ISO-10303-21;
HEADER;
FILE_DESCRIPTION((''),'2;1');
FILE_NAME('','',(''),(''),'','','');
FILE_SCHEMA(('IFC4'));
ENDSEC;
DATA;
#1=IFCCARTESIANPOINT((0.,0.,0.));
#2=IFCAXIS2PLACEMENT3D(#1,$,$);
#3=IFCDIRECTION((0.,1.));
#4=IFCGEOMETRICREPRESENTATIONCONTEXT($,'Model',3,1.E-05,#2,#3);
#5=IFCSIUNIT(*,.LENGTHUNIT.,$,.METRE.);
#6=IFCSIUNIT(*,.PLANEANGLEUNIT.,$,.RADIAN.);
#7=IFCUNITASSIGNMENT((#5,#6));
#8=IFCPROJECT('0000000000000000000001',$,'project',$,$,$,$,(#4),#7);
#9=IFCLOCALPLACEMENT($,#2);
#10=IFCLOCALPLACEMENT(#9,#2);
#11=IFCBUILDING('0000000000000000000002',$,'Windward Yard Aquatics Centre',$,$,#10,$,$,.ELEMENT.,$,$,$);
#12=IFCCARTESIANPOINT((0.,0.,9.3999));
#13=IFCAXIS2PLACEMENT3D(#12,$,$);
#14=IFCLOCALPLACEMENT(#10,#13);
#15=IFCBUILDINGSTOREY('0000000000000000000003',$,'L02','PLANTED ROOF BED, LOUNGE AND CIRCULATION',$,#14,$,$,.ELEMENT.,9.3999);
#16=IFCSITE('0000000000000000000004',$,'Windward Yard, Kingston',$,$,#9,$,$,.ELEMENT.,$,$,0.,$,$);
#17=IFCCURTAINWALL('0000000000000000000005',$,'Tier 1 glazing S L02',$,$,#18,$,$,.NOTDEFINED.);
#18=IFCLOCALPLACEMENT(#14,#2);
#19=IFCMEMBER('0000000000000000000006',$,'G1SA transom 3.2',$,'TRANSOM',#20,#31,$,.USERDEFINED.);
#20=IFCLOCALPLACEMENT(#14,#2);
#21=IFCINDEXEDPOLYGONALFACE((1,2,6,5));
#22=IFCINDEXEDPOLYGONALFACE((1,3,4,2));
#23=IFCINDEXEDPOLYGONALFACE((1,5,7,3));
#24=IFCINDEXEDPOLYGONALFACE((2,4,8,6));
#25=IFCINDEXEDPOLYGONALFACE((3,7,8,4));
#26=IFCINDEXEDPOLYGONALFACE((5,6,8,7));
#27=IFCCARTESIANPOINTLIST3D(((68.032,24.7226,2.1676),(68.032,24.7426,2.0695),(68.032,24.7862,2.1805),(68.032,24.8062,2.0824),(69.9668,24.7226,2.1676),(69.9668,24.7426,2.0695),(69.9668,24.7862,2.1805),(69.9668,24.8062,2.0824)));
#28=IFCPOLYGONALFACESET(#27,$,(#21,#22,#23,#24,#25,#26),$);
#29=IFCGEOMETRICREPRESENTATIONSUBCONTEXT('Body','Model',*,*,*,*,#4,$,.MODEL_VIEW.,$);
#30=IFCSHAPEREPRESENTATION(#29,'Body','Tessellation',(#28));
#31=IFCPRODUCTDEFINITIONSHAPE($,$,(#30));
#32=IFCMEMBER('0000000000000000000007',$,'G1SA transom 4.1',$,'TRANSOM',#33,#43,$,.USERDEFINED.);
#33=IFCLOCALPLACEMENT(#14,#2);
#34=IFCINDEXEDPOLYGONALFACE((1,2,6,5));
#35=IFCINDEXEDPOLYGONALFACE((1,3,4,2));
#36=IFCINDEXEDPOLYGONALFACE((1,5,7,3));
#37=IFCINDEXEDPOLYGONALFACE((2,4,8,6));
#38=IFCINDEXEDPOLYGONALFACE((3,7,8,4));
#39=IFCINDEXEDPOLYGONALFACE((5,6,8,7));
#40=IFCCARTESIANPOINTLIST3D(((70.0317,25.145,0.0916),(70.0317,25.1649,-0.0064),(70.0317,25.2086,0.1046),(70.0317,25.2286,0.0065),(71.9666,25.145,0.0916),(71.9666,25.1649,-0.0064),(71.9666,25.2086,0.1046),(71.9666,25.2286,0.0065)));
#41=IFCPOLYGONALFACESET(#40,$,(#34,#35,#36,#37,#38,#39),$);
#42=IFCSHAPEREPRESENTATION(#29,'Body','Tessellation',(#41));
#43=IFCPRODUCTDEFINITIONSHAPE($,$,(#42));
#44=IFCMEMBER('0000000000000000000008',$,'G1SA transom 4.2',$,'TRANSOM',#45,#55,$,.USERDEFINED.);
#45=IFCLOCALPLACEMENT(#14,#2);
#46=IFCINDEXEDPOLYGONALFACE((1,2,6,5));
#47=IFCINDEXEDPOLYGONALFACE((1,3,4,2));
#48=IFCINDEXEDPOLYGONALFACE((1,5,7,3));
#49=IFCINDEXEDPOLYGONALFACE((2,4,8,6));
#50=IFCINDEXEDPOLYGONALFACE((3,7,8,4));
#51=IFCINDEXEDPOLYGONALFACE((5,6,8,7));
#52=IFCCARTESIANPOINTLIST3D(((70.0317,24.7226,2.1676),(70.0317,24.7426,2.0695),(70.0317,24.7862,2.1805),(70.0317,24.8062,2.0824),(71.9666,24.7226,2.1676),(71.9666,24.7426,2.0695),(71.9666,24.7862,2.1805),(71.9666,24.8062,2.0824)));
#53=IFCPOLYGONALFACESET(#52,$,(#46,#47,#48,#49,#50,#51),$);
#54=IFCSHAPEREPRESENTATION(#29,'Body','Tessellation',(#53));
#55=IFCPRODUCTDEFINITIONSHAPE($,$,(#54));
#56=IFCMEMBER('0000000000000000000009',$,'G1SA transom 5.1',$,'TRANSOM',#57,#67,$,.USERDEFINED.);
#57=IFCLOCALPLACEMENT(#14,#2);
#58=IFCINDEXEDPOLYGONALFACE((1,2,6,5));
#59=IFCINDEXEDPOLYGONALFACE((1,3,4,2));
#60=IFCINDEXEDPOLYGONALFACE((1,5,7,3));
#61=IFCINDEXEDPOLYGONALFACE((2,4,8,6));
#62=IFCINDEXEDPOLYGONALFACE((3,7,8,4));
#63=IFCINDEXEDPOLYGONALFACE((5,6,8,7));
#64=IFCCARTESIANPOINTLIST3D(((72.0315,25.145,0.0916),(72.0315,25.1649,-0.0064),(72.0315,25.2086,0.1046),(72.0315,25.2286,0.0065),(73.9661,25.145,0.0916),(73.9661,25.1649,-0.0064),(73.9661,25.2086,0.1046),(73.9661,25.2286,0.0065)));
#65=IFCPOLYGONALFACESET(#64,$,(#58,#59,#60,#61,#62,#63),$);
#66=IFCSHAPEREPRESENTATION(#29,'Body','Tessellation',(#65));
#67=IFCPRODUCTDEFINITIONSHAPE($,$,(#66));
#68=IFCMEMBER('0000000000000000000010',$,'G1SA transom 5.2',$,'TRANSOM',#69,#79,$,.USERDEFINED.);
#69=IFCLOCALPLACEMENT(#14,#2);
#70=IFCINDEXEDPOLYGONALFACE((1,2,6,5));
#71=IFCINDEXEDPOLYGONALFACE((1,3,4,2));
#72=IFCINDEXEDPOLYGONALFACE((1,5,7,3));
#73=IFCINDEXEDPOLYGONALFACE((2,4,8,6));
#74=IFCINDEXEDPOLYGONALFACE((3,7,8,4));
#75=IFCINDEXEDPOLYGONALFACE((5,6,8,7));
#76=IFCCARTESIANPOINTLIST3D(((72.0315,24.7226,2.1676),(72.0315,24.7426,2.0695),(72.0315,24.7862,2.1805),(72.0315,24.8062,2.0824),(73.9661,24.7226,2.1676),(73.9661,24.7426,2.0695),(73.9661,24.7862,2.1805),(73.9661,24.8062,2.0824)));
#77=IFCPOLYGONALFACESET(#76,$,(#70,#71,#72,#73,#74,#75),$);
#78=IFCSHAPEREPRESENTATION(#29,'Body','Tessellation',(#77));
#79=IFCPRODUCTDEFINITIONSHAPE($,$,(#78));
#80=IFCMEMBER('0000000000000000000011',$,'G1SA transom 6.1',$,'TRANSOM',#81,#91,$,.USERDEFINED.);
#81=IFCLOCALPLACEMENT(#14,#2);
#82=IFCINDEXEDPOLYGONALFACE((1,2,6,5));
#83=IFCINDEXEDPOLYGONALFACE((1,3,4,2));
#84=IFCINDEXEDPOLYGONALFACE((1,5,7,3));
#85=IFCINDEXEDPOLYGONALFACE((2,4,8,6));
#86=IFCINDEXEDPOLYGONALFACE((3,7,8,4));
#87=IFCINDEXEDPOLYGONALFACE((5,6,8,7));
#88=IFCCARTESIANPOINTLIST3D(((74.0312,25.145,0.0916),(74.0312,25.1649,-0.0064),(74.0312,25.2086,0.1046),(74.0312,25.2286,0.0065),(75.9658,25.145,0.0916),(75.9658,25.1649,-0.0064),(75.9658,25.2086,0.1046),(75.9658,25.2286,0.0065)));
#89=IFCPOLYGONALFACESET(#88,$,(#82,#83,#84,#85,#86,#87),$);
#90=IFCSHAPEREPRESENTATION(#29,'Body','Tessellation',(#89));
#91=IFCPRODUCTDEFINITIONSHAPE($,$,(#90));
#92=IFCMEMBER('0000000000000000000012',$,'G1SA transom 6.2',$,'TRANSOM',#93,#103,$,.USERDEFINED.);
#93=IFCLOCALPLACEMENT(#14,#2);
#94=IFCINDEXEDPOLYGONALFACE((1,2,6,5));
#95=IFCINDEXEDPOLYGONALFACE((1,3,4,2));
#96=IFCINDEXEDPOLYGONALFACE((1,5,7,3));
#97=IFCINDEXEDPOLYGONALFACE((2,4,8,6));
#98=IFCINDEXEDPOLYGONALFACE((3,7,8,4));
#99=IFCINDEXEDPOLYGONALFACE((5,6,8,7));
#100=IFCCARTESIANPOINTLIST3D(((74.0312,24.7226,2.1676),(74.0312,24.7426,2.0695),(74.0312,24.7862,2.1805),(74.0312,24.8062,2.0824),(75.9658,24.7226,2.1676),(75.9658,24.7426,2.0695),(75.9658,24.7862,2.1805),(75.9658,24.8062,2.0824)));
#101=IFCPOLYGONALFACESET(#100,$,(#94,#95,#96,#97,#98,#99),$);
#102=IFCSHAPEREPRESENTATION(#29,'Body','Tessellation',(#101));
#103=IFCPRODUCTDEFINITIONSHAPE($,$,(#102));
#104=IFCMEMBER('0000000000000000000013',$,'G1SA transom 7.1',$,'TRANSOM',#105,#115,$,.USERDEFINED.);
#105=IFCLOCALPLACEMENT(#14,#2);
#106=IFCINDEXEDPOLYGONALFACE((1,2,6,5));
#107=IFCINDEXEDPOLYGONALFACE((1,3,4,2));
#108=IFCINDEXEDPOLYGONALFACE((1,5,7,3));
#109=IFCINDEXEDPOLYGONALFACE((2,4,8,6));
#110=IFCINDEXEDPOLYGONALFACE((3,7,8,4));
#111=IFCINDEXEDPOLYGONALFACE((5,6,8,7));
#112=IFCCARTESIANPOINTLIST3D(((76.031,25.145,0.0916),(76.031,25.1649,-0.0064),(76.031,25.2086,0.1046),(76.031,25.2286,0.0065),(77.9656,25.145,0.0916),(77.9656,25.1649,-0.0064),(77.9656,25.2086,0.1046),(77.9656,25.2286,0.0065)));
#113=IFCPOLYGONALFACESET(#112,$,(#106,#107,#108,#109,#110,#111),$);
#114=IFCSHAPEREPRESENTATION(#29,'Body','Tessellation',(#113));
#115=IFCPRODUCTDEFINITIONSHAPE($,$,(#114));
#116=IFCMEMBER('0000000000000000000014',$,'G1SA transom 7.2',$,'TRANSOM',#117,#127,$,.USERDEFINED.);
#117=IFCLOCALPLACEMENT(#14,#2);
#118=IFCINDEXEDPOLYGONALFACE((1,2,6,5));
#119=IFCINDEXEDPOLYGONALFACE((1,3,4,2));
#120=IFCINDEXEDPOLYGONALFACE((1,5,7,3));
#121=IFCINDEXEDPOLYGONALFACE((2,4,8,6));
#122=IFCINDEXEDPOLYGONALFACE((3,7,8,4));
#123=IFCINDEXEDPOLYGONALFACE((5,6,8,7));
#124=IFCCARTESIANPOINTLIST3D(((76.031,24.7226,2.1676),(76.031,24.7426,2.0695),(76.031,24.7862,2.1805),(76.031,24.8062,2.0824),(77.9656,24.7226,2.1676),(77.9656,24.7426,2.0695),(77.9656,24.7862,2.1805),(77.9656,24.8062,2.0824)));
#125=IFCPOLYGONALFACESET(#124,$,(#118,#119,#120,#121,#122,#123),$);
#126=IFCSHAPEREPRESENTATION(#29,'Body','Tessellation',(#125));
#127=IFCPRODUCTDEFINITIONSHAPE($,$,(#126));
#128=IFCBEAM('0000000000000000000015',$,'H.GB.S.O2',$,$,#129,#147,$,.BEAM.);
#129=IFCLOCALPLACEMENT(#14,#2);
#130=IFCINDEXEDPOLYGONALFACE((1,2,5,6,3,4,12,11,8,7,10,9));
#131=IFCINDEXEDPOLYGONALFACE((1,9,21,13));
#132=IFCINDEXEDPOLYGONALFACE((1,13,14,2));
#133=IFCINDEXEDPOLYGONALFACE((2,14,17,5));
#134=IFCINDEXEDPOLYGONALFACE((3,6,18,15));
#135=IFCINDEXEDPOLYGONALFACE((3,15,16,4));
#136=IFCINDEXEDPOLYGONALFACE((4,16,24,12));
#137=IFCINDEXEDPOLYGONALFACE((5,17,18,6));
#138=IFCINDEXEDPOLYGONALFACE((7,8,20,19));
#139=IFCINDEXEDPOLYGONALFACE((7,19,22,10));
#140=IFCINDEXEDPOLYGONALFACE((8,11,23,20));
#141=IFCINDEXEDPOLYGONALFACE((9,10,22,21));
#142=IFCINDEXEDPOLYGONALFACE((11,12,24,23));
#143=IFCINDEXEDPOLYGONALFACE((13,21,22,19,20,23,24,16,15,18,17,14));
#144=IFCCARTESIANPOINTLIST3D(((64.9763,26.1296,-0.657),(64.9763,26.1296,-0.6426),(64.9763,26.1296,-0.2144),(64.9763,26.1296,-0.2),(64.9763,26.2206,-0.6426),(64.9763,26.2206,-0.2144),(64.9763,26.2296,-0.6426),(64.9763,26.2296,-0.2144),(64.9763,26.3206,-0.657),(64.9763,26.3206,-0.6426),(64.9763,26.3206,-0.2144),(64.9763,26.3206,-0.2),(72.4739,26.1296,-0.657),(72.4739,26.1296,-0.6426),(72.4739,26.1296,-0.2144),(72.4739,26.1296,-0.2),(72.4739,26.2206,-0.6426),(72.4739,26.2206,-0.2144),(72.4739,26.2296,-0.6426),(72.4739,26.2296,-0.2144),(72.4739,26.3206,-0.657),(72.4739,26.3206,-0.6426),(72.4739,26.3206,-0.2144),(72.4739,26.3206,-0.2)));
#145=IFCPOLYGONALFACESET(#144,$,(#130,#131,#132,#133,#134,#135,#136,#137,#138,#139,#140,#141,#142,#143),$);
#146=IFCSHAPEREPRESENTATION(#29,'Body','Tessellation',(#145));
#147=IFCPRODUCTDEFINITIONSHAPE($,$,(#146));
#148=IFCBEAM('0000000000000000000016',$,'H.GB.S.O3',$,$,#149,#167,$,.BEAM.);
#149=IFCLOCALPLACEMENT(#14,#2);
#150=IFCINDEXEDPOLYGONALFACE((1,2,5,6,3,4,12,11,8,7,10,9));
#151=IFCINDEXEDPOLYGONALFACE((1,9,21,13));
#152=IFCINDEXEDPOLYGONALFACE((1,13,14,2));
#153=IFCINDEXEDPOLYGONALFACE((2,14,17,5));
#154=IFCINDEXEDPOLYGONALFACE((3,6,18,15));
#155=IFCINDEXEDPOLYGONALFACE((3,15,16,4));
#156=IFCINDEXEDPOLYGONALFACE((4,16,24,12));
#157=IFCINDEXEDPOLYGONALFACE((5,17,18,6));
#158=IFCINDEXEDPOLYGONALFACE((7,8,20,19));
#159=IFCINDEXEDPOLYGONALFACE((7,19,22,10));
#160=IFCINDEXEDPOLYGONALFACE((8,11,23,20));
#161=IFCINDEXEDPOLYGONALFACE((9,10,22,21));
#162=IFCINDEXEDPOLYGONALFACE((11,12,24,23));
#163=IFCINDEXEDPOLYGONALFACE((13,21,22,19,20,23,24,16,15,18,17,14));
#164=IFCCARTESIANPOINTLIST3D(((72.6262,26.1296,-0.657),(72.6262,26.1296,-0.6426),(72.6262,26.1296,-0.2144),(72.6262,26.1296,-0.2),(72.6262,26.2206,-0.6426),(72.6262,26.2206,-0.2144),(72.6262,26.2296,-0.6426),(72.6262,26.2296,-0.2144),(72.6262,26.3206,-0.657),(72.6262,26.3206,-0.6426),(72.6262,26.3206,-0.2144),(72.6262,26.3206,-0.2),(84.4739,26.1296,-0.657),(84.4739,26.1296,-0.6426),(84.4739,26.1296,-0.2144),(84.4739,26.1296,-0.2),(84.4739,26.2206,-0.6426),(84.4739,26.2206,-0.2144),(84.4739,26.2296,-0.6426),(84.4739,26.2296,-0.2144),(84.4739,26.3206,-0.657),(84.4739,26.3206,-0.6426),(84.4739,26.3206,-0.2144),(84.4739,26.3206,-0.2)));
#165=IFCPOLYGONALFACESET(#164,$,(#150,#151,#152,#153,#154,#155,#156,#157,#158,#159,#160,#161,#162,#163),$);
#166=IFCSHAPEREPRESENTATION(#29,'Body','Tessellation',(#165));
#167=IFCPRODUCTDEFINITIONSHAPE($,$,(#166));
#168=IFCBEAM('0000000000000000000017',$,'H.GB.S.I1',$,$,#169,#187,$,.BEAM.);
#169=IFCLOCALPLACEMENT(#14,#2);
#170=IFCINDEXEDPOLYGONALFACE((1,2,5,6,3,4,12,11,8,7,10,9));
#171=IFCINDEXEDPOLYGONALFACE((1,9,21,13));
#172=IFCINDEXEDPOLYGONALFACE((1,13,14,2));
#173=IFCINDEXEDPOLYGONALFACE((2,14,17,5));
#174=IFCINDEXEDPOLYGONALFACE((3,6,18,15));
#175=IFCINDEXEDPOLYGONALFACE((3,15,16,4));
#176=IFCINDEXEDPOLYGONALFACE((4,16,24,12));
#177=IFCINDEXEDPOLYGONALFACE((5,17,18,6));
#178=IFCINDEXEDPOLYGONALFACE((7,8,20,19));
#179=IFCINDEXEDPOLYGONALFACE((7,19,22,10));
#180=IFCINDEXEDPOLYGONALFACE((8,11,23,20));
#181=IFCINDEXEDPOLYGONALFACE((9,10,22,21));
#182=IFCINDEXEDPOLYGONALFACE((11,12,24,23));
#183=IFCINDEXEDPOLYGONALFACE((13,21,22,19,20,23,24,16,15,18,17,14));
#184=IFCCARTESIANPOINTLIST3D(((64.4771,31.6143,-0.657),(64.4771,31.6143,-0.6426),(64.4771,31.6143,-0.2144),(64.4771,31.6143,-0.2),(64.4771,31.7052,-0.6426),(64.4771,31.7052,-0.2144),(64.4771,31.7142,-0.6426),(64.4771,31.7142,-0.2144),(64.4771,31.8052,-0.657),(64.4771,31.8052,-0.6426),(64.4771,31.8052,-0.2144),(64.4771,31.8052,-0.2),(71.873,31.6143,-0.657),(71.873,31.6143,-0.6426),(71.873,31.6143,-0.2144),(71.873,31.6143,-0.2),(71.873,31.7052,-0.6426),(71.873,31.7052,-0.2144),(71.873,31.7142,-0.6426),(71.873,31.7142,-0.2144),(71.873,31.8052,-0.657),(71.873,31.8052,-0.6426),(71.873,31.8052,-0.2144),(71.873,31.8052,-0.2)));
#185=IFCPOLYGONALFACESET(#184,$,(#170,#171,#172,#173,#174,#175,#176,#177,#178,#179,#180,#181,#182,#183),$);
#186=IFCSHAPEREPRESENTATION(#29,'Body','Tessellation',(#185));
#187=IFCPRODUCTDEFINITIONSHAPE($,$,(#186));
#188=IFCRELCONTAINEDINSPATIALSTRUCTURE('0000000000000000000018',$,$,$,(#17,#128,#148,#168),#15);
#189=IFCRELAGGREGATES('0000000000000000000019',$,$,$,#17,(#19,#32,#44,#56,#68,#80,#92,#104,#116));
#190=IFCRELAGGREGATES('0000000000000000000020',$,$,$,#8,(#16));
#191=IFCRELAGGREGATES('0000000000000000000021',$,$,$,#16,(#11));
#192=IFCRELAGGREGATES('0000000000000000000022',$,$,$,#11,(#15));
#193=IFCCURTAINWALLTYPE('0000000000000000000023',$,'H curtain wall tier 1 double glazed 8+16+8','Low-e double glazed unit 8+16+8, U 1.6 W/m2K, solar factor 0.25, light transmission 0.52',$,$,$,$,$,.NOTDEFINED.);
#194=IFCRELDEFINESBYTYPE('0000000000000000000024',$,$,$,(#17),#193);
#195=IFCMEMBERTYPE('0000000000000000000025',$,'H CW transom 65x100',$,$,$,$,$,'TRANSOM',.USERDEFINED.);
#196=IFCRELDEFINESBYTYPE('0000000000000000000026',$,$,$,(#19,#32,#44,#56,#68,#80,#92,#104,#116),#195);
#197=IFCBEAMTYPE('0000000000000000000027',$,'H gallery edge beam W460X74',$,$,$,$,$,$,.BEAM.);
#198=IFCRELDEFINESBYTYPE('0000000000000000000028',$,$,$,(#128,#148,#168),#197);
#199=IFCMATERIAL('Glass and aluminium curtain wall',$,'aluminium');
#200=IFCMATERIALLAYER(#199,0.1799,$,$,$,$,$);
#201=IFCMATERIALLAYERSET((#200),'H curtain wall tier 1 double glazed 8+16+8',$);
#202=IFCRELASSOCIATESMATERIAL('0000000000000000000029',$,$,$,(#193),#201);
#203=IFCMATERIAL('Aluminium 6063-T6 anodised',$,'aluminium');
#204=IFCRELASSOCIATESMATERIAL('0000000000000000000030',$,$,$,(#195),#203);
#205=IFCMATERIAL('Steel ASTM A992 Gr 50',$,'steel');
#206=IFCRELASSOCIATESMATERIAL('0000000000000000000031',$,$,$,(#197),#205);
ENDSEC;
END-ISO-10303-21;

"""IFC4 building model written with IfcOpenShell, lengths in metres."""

from ifc_helpers import new_model, si_unit, direction, frame, origin, origin_2d, place, context, subcontext, project, spatial, rectangle, i_section, extrude, material, layer, layer_set, material_profile, profile_set, type_object, element, aggregate, save


model = new_model("IFC4")

# Units and contexts
model_context = context("Model", 3, precision=1e-05, world=origin(), true_north=direction((0.0, 1.0)))
body_context = subcontext(model_context, "Body", "Model", "MODEL_VIEW")
ifc_project = project(units=[si_unit("LENGTHUNIT", "METRE"), si_unit("PLANEANGLEUNIT", "RADIAN")], contexts=[model_context])

# Site, building, storey
site_placement = place(None, origin())
site = spatial("IfcSite", under=ifc_project, at=site_placement, Name="Windward Yard, Kingston", CompositionType="ELEMENT", RefElevation=0.0)
building_placement = place(site_placement, origin())
building = spatial("IfcBuilding", under=site, at=building_placement, Name="Windward Yard Aquatics Centre", CompositionType="ELEMENT")
storey_placement = place(building_placement, frame((0.0, 0.0, 9.3999)))
storey = spatial("IfcBuildingStorey", under=building, at=storey_placement, Name="L02", Description="PLANTED ROOF BED, LOUNGE AND CIRCULATION", CompositionType="ELEMENT", Elevation=9.3999)

# Curtain wall, members
ifc_material_1 = material(Name="Glass and aluminium curtain wall", Category="aluminium")
ifc_layer_1 = layer(ifc_material_1, 0.1799)
ifc_layer_set_1 = layer_set([ifc_layer_1], Name="H curtain wall tier 1 double glazed 8+16+8")
curtain_wall_type = type_object("IfcCurtainWallType", Name="H curtain wall tier 1 double glazed 8+16+8", Description="Low-e double glazed unit 8+16+8, U 1.6 W/m2K, solar factor 0.25, light transmission 0.52", PredefinedType="NOTDEFINED", material=ifc_layer_set_1)
curtain_wall_placement = place(storey_placement, origin())
curtain_wall = element("IfcCurtainWall", 1, at=curtain_wall_placement, inside=storey, type_object=curtain_wall_type, Name="Tier 1 glazing S L02", PredefinedType="NOTDEFINED")
ifc_material_2 = material(Name="Aluminium 6063-T6 anodised", Category="aluminium")
ifc_material_profile_1 = material_profile(ifc_material_2, rectangle(XDim=0.0649, YDim=0.1001, at=origin_2d()), Name="H CW transom 65x100")
ifc_profile_set_1 = profile_set([ifc_material_profile_1], Name="Aluminium 6063-T6 anodised")
member_type_1 = type_object("IfcMemberType", Name="H CW transom 65x100", ElementType="TRANSOM", PredefinedType="USERDEFINED", material=ifc_profile_set_1)
member_1_placement = place(storey_placement, frame((68.032, 24.7644, 2.125), z_axis=(1.0, 0.0, 0.0), x_axis=(0.0, 0.979925, 0.199368)))
member_1 = element("IfcMember", 2, at=member_1_placement, type_object=member_type_1, Name="G1SA transom 3.2", ObjectType="TRANSOM", PredefinedType="USERDEFINED", context=body_context, shape_type="SweptSolid", body=[
    extrude(rectangle(XDim=0.0649, YDim=0.1001, at=origin_2d()), origin(), (0.0, 0.0, 1.0), 1.9348),
])
member_2_placement = place(storey_placement, frame((70.0317, 25.1868, 0.0491), z_axis=(1.0, 0.0, 0.0), x_axis=(0.0, 0.979925, 0.199368)))
member_2 = element("IfcMember", 3, at=member_2_placement, type_object=member_type_1, Name="G1SA transom 4.1", ObjectType="TRANSOM", PredefinedType="USERDEFINED", context=body_context, shape_type="SweptSolid", body=[
    extrude(rectangle(XDim=0.0649, YDim=0.1001, at=origin_2d()), origin(), (0.0, 0.0, 1.0), 1.9348),
])
member_3_placement = place(storey_placement, frame((70.0317, 24.7644, 2.125), z_axis=(1.0, 0.0, 0.0), x_axis=(0.0, 0.979925, 0.199368)))
member_3 = element("IfcMember", 4, at=member_3_placement, type_object=member_type_1, Name="G1SA transom 4.2", ObjectType="TRANSOM", PredefinedType="USERDEFINED", context=body_context, shape_type="SweptSolid", body=[
    extrude(rectangle(XDim=0.0649, YDim=0.1001, at=origin_2d()), origin(), (0.0, 0.0, 1.0), 1.9348),
])
member_4_placement = place(storey_placement, frame((72.0315, 25.1868, 0.0491), z_axis=(1.0, 0.0, 0.0), x_axis=(0.0, 0.979925, 0.199368)))
member_4 = element("IfcMember", 5, at=member_4_placement, type_object=member_type_1, Name="G1SA transom 5.1", ObjectType="TRANSOM", PredefinedType="USERDEFINED", context=body_context, shape_type="SweptSolid", body=[
    extrude(rectangle(XDim=0.0649, YDim=0.1001, at=origin_2d()), origin(), (0.0, 0.0, 1.0), 1.9346),
])
member_5_placement = place(storey_placement, frame((72.0315, 24.7644, 2.125), z_axis=(1.0, 0.0, 0.0), x_axis=(0.0, 0.979925, 0.199368)))
member_5 = element("IfcMember", 6, at=member_5_placement, type_object=member_type_1, Name="G1SA transom 5.2", ObjectType="TRANSOM", PredefinedType="USERDEFINED", context=body_context, shape_type="SweptSolid", body=[
    extrude(rectangle(XDim=0.0649, YDim=0.1001, at=origin_2d()), origin(), (0.0, 0.0, 1.0), 1.9346),
])
member_6_placement = place(storey_placement, frame((74.0312, 25.1868, 0.0491), z_axis=(1.0, 0.0, 0.0), x_axis=(0.0, 0.979925, 0.199368)))
member_6 = element("IfcMember", 7, at=member_6_placement, type_object=member_type_1, Name="G1SA transom 6.1", ObjectType="TRANSOM", PredefinedType="USERDEFINED", context=body_context, shape_type="SweptSolid", body=[
    extrude(rectangle(XDim=0.0649, YDim=0.1001, at=origin_2d()), origin(), (0.0, 0.0, 1.0), 1.9346),
])
member_7_placement = place(storey_placement, frame((74.0312, 24.7644, 2.125), z_axis=(1.0, 0.0, 0.0), x_axis=(0.0, 0.979925, 0.199368)))
member_7 = element("IfcMember", 8, at=member_7_placement, type_object=member_type_1, Name="G1SA transom 6.2", ObjectType="TRANSOM", PredefinedType="USERDEFINED", context=body_context, shape_type="SweptSolid", body=[
    extrude(rectangle(XDim=0.0649, YDim=0.1001, at=origin_2d()), origin(), (0.0, 0.0, 1.0), 1.9346),
])
member_8_placement = place(storey_placement, frame((76.031, 25.1868, 0.0491), z_axis=(1.0, 0.0, 0.0), x_axis=(0.0, 0.979925, 0.199368)))
member_8 = element("IfcMember", 9, at=member_8_placement, type_object=member_type_1, Name="G1SA transom 7.1", ObjectType="TRANSOM", PredefinedType="USERDEFINED", context=body_context, shape_type="SweptSolid", body=[
    extrude(rectangle(XDim=0.0649, YDim=0.1001, at=origin_2d()), origin(), (0.0, 0.0, 1.0), 1.9346),
])
member_9_placement = place(storey_placement, frame((76.031, 24.7644, 2.125), z_axis=(1.0, 0.0, 0.0), x_axis=(0.0, 0.979925, 0.199368)))
member_9 = element("IfcMember", 10, at=member_9_placement, type_object=member_type_1, Name="G1SA transom 7.2", ObjectType="TRANSOM", PredefinedType="USERDEFINED", context=body_context, shape_type="SweptSolid", body=[
    extrude(rectangle(XDim=0.0649, YDim=0.1001, at=origin_2d()), origin(), (0.0, 0.0, 1.0), 1.9346),
])

# Beams
ifc_material_3 = material(Name="Steel ASTM A992 Gr 50", Category="steel")
ifc_material_profile_2 = material_profile(ifc_material_3, i_section(OverallWidth=0.1909, OverallDepth=0.457, WebThickness=0.009, FlangeThickness=0.0144, at=origin_2d()), Name="W460X74")
ifc_profile_set_2 = profile_set([ifc_material_profile_2], Name="Steel ASTM A992 Gr 50")
beam_type_1 = type_object("IfcBeamType", Name="H gallery edge beam W460X74", PredefinedType="BEAM", material=ifc_profile_set_2)
beam_1_placement = place(storey_placement, frame((64.9763, 26.2251, -0.4285), z_axis=(1.0, 0.0, 0.0), x_axis=(0.0, 1.0, 0.0)))
element("IfcBeam", 11, at=beam_1_placement, inside=storey, type_object=beam_type_1, Name="H.GB.S.O2", PredefinedType="BEAM", context=body_context, shape_type="SweptSolid", body=[
    extrude(i_section(OverallWidth=0.1909, OverallDepth=0.457, WebThickness=0.009, FlangeThickness=0.0144, at=origin_2d()), origin(), (0.0, 0.0, 1.0), 7.4976),
])
beam_2_placement = place(storey_placement, frame((72.6262, 26.2251, -0.4285), z_axis=(1.0, 0.0, 0.0), x_axis=(0.0, 1.0, 0.0)))
element("IfcBeam", 12, at=beam_2_placement, inside=storey, type_object=beam_type_1, Name="H.GB.S.O3", PredefinedType="BEAM", context=body_context, shape_type="SweptSolid", body=[
    extrude(i_section(OverallWidth=0.1909, OverallDepth=0.457, WebThickness=0.009, FlangeThickness=0.0144, at=origin_2d()), origin(), (0.0, 0.0, 1.0), 11.8477),
])
beam_3_placement = place(storey_placement, frame((64.4771, 31.7097, -0.4285), z_axis=(1.0, 0.0, 0.0), x_axis=(0.0, 1.0, 0.0)))
element("IfcBeam", 13, at=beam_3_placement, inside=storey, type_object=beam_type_1, Name="H.GB.S.I1", PredefinedType="BEAM", context=body_context, shape_type="SweptSolid", body=[
    extrude(i_section(OverallWidth=0.1909, OverallDepth=0.457, WebThickness=0.009, FlangeThickness=0.0144, at=origin_2d()), origin(), (0.0, 0.0, 1.0), 7.396),
])

aggregate(curtain_wall, [member_1, member_2, member_3, member_4, member_5, member_6, member_7, member_8, member_9])

save(model, "model.ifc")
